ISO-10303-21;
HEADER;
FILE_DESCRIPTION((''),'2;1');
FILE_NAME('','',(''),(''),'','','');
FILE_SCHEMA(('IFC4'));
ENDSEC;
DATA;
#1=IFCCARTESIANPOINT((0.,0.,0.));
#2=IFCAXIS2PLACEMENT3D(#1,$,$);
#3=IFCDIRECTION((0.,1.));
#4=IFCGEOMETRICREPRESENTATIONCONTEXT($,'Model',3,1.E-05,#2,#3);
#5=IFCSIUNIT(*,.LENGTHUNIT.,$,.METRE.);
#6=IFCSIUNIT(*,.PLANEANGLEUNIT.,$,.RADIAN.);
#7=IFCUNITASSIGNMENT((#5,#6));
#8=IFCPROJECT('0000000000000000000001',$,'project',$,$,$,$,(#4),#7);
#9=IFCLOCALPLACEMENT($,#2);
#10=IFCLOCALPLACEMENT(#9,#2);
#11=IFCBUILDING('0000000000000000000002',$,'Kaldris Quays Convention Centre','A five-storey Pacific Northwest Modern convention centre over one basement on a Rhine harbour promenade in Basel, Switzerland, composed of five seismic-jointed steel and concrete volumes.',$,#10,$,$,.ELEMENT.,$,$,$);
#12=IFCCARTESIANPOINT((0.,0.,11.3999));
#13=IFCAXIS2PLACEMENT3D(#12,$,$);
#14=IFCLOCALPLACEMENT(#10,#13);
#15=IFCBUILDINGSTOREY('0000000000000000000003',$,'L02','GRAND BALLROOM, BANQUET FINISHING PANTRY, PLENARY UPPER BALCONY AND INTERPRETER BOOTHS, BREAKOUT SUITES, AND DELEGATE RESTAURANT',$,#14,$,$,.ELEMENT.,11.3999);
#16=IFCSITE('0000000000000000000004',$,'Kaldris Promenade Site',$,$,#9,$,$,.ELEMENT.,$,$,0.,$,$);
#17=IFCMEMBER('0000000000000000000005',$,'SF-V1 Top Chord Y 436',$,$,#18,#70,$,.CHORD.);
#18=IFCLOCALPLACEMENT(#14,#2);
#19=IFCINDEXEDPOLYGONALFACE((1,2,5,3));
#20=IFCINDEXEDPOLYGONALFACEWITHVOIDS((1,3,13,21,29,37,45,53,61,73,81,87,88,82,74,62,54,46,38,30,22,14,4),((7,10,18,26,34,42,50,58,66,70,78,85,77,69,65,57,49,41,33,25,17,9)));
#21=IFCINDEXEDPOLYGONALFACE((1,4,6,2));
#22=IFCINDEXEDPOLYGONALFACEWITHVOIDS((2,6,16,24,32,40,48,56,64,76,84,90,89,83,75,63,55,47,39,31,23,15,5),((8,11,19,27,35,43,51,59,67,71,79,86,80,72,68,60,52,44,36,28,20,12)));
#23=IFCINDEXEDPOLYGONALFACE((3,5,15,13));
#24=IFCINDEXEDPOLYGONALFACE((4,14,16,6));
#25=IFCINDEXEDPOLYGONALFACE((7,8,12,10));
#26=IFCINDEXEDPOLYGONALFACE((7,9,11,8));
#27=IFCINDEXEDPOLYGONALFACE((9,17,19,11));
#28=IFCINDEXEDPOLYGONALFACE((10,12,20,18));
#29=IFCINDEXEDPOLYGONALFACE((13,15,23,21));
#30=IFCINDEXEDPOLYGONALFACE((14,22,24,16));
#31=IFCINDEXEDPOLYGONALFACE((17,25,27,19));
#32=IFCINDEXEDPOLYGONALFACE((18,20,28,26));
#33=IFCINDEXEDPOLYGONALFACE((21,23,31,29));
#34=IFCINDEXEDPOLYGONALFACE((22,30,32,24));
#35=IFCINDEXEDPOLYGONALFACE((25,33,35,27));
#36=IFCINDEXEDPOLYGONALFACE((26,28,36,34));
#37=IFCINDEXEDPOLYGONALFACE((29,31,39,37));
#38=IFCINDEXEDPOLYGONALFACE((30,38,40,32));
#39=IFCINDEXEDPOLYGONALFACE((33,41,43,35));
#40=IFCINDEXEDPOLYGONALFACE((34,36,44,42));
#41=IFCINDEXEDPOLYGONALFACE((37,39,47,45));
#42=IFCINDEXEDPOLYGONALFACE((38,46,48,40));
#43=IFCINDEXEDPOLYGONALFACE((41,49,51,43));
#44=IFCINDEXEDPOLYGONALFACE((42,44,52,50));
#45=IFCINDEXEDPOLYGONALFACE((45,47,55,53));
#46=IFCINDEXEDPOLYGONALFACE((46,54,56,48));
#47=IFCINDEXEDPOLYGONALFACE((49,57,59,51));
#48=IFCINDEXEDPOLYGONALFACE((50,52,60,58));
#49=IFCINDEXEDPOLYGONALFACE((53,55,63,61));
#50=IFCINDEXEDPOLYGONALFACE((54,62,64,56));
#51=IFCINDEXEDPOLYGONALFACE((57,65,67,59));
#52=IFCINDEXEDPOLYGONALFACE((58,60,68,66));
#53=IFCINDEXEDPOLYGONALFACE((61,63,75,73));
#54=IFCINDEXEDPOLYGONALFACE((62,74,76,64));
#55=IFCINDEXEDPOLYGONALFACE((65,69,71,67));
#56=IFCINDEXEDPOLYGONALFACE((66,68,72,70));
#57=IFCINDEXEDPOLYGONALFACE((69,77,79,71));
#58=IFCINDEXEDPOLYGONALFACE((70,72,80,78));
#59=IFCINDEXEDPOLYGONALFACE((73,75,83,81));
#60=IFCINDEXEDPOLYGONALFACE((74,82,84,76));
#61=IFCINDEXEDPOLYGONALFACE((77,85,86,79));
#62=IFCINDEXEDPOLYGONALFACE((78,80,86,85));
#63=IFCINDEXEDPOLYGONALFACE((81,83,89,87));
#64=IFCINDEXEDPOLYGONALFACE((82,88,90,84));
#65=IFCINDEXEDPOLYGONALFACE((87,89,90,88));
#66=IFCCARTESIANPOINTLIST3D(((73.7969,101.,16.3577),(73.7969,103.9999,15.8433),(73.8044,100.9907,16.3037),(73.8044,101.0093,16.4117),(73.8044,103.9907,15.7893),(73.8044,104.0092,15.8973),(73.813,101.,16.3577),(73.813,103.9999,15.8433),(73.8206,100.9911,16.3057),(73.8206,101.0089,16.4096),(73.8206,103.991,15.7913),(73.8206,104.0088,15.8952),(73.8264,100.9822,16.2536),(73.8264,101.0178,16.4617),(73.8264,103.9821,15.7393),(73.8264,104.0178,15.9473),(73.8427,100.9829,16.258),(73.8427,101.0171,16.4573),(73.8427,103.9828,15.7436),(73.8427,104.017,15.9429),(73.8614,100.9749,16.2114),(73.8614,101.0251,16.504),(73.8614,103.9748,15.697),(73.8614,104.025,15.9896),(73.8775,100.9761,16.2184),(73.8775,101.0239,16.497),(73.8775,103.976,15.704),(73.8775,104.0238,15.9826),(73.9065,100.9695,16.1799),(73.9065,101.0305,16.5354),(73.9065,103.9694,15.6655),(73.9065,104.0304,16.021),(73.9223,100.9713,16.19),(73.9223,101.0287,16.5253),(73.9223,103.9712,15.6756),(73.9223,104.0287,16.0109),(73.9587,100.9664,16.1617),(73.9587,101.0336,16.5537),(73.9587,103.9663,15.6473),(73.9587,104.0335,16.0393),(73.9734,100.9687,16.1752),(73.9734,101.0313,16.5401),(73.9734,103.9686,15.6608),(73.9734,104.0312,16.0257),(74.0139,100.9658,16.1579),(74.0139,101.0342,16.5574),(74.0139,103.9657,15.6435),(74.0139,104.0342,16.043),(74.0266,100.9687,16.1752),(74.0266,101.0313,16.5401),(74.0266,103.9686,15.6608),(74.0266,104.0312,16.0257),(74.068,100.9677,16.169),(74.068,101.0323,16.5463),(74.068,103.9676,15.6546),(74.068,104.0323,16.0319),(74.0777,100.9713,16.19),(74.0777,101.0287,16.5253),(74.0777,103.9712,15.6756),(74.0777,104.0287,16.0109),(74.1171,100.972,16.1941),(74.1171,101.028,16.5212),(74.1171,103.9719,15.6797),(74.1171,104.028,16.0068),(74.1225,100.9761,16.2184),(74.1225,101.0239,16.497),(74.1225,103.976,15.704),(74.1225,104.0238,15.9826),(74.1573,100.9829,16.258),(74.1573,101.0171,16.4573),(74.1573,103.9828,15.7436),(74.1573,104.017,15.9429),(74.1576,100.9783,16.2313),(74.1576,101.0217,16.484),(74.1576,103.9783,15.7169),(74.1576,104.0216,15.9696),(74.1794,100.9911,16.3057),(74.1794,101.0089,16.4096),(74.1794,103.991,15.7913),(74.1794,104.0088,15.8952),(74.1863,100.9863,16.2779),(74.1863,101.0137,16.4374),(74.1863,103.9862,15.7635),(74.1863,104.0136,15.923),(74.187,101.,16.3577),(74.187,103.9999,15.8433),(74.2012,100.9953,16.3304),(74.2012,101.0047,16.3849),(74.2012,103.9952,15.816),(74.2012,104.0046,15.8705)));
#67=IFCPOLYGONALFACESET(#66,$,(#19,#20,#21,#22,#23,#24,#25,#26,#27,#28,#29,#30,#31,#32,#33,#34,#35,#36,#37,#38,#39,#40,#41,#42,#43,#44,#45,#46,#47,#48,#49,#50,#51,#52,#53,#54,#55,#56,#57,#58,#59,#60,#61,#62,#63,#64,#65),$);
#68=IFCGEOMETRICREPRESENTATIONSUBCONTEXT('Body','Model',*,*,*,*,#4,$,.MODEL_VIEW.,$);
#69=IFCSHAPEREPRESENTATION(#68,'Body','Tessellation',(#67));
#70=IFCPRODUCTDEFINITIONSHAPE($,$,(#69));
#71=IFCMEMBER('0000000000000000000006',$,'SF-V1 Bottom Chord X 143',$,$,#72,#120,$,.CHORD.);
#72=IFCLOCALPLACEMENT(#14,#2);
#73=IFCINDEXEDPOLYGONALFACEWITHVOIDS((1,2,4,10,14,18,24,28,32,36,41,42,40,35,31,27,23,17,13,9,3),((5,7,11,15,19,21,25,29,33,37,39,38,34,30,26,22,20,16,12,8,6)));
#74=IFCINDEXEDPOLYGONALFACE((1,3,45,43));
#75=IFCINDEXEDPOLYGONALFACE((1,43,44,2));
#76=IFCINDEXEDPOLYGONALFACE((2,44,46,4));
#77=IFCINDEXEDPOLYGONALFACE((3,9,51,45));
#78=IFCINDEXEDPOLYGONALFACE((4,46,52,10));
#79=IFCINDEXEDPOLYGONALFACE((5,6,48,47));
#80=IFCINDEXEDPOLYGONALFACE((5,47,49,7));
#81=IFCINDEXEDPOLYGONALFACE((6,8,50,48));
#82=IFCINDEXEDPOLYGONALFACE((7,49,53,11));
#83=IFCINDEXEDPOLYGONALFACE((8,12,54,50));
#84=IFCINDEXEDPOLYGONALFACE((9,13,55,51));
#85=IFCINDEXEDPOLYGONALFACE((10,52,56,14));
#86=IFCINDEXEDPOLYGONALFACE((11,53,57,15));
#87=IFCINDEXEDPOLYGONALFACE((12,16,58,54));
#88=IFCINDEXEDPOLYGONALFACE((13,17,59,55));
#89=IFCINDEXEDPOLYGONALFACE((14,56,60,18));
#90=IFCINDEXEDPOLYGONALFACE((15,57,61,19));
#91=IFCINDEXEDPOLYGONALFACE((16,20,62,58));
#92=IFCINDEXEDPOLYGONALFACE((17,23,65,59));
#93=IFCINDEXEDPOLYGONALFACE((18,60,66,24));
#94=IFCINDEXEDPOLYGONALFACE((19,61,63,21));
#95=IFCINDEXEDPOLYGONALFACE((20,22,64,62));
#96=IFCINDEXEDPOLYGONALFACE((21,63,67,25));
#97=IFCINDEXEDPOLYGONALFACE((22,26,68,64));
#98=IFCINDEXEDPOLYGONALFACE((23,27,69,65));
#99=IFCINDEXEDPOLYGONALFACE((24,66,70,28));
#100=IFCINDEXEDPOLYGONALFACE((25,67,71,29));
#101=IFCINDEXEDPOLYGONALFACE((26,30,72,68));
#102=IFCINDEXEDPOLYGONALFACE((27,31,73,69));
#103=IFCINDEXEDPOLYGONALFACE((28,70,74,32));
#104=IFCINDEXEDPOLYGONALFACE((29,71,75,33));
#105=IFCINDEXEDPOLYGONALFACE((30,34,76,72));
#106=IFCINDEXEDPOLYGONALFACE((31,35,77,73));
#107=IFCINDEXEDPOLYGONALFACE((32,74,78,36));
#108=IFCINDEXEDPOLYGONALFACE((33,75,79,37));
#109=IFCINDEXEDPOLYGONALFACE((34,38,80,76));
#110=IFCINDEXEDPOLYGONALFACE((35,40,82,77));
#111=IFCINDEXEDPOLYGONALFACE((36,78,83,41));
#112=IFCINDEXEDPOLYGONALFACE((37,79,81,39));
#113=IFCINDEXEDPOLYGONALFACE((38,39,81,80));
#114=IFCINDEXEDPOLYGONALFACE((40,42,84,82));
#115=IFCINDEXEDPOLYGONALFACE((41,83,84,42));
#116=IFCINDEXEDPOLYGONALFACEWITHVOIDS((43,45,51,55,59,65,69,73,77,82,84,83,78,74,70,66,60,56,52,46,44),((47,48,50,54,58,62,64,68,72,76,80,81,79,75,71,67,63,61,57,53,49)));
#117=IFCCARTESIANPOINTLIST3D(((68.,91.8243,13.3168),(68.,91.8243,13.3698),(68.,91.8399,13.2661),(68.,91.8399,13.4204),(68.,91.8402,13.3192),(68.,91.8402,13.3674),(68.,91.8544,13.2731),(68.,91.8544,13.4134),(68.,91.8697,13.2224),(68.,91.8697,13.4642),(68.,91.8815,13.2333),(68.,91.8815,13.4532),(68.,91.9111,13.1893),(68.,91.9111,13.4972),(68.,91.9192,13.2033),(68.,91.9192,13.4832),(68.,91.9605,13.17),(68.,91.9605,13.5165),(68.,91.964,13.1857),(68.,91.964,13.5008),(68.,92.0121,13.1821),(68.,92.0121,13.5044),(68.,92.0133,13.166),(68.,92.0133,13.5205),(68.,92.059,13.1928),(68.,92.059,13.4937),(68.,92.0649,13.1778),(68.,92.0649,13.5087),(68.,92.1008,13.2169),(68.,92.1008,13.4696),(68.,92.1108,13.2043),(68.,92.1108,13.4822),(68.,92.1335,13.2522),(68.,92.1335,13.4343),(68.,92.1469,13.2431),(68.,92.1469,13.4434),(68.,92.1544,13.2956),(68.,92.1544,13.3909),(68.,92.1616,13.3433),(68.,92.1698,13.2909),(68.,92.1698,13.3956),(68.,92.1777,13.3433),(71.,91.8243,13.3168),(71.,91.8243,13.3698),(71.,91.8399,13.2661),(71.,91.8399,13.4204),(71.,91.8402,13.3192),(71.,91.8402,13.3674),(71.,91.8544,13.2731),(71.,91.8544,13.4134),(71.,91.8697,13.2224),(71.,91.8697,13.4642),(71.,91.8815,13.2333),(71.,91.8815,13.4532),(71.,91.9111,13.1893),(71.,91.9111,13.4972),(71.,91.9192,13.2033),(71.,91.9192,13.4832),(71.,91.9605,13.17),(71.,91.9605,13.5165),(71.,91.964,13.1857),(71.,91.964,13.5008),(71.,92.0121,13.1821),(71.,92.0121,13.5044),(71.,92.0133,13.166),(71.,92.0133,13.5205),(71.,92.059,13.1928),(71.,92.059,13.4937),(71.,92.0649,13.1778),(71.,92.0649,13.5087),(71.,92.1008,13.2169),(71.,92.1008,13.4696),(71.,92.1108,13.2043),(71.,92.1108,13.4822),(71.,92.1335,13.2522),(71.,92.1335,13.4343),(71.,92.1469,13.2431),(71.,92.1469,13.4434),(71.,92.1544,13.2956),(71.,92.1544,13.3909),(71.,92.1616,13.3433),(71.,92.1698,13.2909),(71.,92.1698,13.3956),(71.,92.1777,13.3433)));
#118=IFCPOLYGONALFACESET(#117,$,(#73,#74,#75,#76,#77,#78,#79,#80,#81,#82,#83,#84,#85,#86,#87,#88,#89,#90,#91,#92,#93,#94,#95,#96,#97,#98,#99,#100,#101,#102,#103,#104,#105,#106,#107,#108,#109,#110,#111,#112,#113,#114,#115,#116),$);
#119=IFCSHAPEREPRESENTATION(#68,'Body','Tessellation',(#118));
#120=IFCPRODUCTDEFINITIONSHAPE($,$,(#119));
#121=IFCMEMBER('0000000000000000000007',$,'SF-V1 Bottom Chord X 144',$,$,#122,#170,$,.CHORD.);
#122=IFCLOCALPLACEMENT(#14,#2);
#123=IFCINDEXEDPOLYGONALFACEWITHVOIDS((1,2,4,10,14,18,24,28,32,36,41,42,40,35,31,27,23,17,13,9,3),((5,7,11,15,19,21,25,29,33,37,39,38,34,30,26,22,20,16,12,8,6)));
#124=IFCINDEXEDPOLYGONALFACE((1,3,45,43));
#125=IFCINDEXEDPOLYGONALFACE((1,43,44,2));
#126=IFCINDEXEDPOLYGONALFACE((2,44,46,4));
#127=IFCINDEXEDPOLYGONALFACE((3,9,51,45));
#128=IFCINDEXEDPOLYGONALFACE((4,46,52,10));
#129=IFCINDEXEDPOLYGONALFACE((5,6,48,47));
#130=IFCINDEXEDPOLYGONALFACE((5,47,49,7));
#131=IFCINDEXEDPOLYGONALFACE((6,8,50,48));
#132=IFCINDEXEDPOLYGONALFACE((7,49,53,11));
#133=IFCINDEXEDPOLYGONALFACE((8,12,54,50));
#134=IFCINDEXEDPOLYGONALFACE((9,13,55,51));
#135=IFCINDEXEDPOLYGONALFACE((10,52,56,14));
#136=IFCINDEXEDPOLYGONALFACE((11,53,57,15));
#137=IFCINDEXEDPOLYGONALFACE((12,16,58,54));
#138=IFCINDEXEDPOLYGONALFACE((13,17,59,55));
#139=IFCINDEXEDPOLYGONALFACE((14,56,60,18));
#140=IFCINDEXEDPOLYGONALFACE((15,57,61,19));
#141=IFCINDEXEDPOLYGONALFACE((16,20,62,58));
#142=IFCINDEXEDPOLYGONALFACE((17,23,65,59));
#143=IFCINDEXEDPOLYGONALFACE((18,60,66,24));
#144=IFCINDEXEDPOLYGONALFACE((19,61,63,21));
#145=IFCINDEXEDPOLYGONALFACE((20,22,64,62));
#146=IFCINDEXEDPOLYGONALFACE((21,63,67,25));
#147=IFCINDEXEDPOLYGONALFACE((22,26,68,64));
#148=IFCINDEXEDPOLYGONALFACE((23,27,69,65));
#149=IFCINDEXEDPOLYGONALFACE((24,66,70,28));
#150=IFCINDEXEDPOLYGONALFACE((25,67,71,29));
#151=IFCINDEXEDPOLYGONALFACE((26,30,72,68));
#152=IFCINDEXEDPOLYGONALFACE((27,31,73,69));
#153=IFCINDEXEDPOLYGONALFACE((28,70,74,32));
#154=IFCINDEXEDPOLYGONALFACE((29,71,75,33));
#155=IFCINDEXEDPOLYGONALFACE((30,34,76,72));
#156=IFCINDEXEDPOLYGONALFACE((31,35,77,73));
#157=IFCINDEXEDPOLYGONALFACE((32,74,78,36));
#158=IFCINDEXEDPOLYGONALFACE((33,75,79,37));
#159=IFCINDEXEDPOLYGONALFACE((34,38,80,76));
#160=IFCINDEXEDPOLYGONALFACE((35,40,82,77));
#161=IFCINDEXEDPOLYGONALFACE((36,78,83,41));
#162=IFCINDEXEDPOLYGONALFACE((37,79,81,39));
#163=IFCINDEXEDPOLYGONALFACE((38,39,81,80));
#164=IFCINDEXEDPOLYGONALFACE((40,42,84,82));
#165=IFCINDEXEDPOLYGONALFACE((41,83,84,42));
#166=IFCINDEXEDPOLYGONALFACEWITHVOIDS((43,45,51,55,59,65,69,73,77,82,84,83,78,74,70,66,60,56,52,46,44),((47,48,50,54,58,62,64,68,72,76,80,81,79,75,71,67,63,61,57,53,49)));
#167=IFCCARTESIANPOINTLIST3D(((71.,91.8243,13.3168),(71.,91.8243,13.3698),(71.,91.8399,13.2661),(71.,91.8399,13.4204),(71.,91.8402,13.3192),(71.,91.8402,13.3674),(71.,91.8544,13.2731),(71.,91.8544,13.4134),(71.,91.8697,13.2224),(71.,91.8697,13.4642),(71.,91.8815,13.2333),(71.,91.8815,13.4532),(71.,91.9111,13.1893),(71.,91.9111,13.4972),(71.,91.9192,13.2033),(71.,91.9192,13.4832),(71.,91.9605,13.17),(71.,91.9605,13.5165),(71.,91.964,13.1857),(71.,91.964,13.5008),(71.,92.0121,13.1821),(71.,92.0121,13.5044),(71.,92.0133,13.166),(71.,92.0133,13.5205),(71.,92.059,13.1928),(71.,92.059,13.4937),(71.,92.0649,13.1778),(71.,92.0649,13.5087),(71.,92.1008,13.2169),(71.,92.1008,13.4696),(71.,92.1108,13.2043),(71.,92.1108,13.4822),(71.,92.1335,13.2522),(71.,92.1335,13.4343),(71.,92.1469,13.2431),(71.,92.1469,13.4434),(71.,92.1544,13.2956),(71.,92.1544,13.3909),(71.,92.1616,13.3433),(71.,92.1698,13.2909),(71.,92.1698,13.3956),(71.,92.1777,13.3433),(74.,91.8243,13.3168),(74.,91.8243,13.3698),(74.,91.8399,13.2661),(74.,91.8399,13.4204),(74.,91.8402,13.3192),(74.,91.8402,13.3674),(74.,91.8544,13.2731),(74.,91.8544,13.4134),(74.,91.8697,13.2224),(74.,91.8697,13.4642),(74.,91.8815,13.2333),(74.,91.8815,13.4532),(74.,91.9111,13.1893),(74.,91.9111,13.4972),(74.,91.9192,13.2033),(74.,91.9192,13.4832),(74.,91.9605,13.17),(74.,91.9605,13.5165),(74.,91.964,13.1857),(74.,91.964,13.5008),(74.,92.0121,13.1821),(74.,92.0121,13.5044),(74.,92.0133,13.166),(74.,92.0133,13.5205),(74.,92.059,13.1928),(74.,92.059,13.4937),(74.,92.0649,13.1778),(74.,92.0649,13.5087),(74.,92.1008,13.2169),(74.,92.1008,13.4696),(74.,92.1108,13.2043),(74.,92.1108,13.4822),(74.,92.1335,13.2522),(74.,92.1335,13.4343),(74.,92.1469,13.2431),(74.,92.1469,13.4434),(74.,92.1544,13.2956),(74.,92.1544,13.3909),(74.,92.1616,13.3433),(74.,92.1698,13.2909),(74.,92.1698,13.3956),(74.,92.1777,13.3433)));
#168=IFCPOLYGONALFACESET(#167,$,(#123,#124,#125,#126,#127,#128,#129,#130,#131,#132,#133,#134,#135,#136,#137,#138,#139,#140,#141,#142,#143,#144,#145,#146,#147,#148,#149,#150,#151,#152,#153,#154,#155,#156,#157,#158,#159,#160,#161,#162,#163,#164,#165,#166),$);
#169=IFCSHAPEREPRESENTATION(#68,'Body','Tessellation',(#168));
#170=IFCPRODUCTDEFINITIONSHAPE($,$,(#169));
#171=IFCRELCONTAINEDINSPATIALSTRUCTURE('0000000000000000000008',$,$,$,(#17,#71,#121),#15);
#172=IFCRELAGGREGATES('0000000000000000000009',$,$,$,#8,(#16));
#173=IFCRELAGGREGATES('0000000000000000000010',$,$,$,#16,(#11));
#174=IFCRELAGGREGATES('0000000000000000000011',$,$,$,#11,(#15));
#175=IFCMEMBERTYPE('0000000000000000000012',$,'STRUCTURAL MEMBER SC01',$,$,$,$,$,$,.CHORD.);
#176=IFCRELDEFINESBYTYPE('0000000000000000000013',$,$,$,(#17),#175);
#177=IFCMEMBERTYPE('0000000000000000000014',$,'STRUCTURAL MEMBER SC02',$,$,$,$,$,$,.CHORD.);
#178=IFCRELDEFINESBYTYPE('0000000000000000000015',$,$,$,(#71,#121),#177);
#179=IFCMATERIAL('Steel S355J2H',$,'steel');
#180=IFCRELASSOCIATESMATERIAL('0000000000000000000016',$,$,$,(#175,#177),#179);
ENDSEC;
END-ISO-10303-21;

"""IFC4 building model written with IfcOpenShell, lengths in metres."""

from ifc_helpers import new_model, si_unit, direction, frame, origin, origin_2d, place, context, subcontext, project, spatial, hollow_circle, extrude, material, material_profile, profile_set, type_object, element, save


model = new_model("IFC4")

# Units and contexts
model_context = context("Model", 3, precision=1e-05, world=origin(), true_north=direction((0.0, 1.0)))
body_context = subcontext(model_context, "Body", "Model", "MODEL_VIEW")
ifc_project = project(units=[si_unit("LENGTHUNIT", "METRE"), si_unit("PLANEANGLEUNIT", "RADIAN")], contexts=[model_context])

# Site, building, storey
site_placement = place(None, origin())
site = spatial("IfcSite", under=ifc_project, at=site_placement, Name="Kaldris Promenade Site", CompositionType="ELEMENT", RefElevation=0.0)
building_placement = place(site_placement, origin())
building = spatial("IfcBuilding", under=site, at=building_placement, Name="Kaldris Quays Convention Centre", Description="A five-storey Pacific Northwest Modern convention centre over one basement on a Rhine harbour promenade in Basel, Switzerland, composed of five seismic-jointed steel and concrete volumes.", CompositionType="ELEMENT")
storey_placement = place(building_placement, frame((0.0, 0.0, 11.3999)))
storey = spatial("IfcBuildingStorey", under=building, at=storey_placement, Name="L02", Description="GRAND BALLROOM, BANQUET FINISHING PANTRY, PLENARY UPPER BALCONY AND INTERPRETER BOOTHS, BREAKOUT SUITES, AND DELEGATE RESTAURANT", CompositionType="ELEMENT", Elevation=11.3999)

# Members
ifc_material_1 = material(Name="Steel S355J2H", Category="steel")
ifc_material_profile_1 = material_profile(ifc_material_1, hollow_circle(Radius=0.2031, WallThickness=0.0161, at=origin_2d()), Name="CHS 406.4x16")
ifc_profile_set_1 = profile_set([ifc_material_profile_1], Name="Steel S355J2H")
member_type_1 = type_object("IfcMemberType", Name="STRUCTURAL MEMBER SC01", PredefinedType="CHORD", material=ifc_profile_set_1)
for number, where, z_axis, x_axis, name in (
    (1, (74.0, 101.0, 16.3577), (0.0, 0.985616, -0.169002), (-1.0, 0.0, 0.0), "SF-V1 Top Chord Y 436"),
):
    element("IfcMember", number, at=place(storey_placement, frame(where, z_axis=z_axis, x_axis=x_axis)), inside=storey, type_object=member_type_1, Name=name, PredefinedType="CHORD", context=body_context, shape_type="SweptSolid", body=[
        extrude(hollow_circle(Radius=0.2031, WallThickness=0.0161, at=origin_2d()), origin(), (0.0, 0.0, 1.0), 3.0437),
    ])
ifc_material_profile_2 = material_profile(ifc_material_1, hollow_circle(Radius=0.1777, WallThickness=0.0161, at=origin_2d()), Name="CHS 355.6x16")
ifc_profile_set_2 = profile_set([ifc_material_profile_2], Name="Steel S355J2H")
member_type_2 = type_object("IfcMemberType", Name="STRUCTURAL MEMBER SC02", PredefinedType="CHORD", material=ifc_profile_set_2)
for number, where, z_axis, x_axis, name in (
    (2, (68.0, 92.0, 13.3433), (1.0, 0.0, 0.0), (0.0, 1.0, 0.0), "SF-V1 Bottom Chord X 143"),
    (3, (71.0, 92.0, 13.3433), (1.0, 0.0, 0.0), (0.0, 1.0, 0.0), "SF-V1 Bottom Chord X 144"),
):
    element("IfcMember", number, at=place(storey_placement, frame(where, z_axis=z_axis, x_axis=x_axis)), inside=storey, type_object=member_type_2, Name=name, PredefinedType="CHORD", context=body_context, shape_type="SweptSolid", body=[
        extrude(hollow_circle(Radius=0.1777, WallThickness=0.0161, at=origin_2d()), origin(), (0.0, 0.0, 1.0), 3.0),
    ])

save(model, "model.ifc")
